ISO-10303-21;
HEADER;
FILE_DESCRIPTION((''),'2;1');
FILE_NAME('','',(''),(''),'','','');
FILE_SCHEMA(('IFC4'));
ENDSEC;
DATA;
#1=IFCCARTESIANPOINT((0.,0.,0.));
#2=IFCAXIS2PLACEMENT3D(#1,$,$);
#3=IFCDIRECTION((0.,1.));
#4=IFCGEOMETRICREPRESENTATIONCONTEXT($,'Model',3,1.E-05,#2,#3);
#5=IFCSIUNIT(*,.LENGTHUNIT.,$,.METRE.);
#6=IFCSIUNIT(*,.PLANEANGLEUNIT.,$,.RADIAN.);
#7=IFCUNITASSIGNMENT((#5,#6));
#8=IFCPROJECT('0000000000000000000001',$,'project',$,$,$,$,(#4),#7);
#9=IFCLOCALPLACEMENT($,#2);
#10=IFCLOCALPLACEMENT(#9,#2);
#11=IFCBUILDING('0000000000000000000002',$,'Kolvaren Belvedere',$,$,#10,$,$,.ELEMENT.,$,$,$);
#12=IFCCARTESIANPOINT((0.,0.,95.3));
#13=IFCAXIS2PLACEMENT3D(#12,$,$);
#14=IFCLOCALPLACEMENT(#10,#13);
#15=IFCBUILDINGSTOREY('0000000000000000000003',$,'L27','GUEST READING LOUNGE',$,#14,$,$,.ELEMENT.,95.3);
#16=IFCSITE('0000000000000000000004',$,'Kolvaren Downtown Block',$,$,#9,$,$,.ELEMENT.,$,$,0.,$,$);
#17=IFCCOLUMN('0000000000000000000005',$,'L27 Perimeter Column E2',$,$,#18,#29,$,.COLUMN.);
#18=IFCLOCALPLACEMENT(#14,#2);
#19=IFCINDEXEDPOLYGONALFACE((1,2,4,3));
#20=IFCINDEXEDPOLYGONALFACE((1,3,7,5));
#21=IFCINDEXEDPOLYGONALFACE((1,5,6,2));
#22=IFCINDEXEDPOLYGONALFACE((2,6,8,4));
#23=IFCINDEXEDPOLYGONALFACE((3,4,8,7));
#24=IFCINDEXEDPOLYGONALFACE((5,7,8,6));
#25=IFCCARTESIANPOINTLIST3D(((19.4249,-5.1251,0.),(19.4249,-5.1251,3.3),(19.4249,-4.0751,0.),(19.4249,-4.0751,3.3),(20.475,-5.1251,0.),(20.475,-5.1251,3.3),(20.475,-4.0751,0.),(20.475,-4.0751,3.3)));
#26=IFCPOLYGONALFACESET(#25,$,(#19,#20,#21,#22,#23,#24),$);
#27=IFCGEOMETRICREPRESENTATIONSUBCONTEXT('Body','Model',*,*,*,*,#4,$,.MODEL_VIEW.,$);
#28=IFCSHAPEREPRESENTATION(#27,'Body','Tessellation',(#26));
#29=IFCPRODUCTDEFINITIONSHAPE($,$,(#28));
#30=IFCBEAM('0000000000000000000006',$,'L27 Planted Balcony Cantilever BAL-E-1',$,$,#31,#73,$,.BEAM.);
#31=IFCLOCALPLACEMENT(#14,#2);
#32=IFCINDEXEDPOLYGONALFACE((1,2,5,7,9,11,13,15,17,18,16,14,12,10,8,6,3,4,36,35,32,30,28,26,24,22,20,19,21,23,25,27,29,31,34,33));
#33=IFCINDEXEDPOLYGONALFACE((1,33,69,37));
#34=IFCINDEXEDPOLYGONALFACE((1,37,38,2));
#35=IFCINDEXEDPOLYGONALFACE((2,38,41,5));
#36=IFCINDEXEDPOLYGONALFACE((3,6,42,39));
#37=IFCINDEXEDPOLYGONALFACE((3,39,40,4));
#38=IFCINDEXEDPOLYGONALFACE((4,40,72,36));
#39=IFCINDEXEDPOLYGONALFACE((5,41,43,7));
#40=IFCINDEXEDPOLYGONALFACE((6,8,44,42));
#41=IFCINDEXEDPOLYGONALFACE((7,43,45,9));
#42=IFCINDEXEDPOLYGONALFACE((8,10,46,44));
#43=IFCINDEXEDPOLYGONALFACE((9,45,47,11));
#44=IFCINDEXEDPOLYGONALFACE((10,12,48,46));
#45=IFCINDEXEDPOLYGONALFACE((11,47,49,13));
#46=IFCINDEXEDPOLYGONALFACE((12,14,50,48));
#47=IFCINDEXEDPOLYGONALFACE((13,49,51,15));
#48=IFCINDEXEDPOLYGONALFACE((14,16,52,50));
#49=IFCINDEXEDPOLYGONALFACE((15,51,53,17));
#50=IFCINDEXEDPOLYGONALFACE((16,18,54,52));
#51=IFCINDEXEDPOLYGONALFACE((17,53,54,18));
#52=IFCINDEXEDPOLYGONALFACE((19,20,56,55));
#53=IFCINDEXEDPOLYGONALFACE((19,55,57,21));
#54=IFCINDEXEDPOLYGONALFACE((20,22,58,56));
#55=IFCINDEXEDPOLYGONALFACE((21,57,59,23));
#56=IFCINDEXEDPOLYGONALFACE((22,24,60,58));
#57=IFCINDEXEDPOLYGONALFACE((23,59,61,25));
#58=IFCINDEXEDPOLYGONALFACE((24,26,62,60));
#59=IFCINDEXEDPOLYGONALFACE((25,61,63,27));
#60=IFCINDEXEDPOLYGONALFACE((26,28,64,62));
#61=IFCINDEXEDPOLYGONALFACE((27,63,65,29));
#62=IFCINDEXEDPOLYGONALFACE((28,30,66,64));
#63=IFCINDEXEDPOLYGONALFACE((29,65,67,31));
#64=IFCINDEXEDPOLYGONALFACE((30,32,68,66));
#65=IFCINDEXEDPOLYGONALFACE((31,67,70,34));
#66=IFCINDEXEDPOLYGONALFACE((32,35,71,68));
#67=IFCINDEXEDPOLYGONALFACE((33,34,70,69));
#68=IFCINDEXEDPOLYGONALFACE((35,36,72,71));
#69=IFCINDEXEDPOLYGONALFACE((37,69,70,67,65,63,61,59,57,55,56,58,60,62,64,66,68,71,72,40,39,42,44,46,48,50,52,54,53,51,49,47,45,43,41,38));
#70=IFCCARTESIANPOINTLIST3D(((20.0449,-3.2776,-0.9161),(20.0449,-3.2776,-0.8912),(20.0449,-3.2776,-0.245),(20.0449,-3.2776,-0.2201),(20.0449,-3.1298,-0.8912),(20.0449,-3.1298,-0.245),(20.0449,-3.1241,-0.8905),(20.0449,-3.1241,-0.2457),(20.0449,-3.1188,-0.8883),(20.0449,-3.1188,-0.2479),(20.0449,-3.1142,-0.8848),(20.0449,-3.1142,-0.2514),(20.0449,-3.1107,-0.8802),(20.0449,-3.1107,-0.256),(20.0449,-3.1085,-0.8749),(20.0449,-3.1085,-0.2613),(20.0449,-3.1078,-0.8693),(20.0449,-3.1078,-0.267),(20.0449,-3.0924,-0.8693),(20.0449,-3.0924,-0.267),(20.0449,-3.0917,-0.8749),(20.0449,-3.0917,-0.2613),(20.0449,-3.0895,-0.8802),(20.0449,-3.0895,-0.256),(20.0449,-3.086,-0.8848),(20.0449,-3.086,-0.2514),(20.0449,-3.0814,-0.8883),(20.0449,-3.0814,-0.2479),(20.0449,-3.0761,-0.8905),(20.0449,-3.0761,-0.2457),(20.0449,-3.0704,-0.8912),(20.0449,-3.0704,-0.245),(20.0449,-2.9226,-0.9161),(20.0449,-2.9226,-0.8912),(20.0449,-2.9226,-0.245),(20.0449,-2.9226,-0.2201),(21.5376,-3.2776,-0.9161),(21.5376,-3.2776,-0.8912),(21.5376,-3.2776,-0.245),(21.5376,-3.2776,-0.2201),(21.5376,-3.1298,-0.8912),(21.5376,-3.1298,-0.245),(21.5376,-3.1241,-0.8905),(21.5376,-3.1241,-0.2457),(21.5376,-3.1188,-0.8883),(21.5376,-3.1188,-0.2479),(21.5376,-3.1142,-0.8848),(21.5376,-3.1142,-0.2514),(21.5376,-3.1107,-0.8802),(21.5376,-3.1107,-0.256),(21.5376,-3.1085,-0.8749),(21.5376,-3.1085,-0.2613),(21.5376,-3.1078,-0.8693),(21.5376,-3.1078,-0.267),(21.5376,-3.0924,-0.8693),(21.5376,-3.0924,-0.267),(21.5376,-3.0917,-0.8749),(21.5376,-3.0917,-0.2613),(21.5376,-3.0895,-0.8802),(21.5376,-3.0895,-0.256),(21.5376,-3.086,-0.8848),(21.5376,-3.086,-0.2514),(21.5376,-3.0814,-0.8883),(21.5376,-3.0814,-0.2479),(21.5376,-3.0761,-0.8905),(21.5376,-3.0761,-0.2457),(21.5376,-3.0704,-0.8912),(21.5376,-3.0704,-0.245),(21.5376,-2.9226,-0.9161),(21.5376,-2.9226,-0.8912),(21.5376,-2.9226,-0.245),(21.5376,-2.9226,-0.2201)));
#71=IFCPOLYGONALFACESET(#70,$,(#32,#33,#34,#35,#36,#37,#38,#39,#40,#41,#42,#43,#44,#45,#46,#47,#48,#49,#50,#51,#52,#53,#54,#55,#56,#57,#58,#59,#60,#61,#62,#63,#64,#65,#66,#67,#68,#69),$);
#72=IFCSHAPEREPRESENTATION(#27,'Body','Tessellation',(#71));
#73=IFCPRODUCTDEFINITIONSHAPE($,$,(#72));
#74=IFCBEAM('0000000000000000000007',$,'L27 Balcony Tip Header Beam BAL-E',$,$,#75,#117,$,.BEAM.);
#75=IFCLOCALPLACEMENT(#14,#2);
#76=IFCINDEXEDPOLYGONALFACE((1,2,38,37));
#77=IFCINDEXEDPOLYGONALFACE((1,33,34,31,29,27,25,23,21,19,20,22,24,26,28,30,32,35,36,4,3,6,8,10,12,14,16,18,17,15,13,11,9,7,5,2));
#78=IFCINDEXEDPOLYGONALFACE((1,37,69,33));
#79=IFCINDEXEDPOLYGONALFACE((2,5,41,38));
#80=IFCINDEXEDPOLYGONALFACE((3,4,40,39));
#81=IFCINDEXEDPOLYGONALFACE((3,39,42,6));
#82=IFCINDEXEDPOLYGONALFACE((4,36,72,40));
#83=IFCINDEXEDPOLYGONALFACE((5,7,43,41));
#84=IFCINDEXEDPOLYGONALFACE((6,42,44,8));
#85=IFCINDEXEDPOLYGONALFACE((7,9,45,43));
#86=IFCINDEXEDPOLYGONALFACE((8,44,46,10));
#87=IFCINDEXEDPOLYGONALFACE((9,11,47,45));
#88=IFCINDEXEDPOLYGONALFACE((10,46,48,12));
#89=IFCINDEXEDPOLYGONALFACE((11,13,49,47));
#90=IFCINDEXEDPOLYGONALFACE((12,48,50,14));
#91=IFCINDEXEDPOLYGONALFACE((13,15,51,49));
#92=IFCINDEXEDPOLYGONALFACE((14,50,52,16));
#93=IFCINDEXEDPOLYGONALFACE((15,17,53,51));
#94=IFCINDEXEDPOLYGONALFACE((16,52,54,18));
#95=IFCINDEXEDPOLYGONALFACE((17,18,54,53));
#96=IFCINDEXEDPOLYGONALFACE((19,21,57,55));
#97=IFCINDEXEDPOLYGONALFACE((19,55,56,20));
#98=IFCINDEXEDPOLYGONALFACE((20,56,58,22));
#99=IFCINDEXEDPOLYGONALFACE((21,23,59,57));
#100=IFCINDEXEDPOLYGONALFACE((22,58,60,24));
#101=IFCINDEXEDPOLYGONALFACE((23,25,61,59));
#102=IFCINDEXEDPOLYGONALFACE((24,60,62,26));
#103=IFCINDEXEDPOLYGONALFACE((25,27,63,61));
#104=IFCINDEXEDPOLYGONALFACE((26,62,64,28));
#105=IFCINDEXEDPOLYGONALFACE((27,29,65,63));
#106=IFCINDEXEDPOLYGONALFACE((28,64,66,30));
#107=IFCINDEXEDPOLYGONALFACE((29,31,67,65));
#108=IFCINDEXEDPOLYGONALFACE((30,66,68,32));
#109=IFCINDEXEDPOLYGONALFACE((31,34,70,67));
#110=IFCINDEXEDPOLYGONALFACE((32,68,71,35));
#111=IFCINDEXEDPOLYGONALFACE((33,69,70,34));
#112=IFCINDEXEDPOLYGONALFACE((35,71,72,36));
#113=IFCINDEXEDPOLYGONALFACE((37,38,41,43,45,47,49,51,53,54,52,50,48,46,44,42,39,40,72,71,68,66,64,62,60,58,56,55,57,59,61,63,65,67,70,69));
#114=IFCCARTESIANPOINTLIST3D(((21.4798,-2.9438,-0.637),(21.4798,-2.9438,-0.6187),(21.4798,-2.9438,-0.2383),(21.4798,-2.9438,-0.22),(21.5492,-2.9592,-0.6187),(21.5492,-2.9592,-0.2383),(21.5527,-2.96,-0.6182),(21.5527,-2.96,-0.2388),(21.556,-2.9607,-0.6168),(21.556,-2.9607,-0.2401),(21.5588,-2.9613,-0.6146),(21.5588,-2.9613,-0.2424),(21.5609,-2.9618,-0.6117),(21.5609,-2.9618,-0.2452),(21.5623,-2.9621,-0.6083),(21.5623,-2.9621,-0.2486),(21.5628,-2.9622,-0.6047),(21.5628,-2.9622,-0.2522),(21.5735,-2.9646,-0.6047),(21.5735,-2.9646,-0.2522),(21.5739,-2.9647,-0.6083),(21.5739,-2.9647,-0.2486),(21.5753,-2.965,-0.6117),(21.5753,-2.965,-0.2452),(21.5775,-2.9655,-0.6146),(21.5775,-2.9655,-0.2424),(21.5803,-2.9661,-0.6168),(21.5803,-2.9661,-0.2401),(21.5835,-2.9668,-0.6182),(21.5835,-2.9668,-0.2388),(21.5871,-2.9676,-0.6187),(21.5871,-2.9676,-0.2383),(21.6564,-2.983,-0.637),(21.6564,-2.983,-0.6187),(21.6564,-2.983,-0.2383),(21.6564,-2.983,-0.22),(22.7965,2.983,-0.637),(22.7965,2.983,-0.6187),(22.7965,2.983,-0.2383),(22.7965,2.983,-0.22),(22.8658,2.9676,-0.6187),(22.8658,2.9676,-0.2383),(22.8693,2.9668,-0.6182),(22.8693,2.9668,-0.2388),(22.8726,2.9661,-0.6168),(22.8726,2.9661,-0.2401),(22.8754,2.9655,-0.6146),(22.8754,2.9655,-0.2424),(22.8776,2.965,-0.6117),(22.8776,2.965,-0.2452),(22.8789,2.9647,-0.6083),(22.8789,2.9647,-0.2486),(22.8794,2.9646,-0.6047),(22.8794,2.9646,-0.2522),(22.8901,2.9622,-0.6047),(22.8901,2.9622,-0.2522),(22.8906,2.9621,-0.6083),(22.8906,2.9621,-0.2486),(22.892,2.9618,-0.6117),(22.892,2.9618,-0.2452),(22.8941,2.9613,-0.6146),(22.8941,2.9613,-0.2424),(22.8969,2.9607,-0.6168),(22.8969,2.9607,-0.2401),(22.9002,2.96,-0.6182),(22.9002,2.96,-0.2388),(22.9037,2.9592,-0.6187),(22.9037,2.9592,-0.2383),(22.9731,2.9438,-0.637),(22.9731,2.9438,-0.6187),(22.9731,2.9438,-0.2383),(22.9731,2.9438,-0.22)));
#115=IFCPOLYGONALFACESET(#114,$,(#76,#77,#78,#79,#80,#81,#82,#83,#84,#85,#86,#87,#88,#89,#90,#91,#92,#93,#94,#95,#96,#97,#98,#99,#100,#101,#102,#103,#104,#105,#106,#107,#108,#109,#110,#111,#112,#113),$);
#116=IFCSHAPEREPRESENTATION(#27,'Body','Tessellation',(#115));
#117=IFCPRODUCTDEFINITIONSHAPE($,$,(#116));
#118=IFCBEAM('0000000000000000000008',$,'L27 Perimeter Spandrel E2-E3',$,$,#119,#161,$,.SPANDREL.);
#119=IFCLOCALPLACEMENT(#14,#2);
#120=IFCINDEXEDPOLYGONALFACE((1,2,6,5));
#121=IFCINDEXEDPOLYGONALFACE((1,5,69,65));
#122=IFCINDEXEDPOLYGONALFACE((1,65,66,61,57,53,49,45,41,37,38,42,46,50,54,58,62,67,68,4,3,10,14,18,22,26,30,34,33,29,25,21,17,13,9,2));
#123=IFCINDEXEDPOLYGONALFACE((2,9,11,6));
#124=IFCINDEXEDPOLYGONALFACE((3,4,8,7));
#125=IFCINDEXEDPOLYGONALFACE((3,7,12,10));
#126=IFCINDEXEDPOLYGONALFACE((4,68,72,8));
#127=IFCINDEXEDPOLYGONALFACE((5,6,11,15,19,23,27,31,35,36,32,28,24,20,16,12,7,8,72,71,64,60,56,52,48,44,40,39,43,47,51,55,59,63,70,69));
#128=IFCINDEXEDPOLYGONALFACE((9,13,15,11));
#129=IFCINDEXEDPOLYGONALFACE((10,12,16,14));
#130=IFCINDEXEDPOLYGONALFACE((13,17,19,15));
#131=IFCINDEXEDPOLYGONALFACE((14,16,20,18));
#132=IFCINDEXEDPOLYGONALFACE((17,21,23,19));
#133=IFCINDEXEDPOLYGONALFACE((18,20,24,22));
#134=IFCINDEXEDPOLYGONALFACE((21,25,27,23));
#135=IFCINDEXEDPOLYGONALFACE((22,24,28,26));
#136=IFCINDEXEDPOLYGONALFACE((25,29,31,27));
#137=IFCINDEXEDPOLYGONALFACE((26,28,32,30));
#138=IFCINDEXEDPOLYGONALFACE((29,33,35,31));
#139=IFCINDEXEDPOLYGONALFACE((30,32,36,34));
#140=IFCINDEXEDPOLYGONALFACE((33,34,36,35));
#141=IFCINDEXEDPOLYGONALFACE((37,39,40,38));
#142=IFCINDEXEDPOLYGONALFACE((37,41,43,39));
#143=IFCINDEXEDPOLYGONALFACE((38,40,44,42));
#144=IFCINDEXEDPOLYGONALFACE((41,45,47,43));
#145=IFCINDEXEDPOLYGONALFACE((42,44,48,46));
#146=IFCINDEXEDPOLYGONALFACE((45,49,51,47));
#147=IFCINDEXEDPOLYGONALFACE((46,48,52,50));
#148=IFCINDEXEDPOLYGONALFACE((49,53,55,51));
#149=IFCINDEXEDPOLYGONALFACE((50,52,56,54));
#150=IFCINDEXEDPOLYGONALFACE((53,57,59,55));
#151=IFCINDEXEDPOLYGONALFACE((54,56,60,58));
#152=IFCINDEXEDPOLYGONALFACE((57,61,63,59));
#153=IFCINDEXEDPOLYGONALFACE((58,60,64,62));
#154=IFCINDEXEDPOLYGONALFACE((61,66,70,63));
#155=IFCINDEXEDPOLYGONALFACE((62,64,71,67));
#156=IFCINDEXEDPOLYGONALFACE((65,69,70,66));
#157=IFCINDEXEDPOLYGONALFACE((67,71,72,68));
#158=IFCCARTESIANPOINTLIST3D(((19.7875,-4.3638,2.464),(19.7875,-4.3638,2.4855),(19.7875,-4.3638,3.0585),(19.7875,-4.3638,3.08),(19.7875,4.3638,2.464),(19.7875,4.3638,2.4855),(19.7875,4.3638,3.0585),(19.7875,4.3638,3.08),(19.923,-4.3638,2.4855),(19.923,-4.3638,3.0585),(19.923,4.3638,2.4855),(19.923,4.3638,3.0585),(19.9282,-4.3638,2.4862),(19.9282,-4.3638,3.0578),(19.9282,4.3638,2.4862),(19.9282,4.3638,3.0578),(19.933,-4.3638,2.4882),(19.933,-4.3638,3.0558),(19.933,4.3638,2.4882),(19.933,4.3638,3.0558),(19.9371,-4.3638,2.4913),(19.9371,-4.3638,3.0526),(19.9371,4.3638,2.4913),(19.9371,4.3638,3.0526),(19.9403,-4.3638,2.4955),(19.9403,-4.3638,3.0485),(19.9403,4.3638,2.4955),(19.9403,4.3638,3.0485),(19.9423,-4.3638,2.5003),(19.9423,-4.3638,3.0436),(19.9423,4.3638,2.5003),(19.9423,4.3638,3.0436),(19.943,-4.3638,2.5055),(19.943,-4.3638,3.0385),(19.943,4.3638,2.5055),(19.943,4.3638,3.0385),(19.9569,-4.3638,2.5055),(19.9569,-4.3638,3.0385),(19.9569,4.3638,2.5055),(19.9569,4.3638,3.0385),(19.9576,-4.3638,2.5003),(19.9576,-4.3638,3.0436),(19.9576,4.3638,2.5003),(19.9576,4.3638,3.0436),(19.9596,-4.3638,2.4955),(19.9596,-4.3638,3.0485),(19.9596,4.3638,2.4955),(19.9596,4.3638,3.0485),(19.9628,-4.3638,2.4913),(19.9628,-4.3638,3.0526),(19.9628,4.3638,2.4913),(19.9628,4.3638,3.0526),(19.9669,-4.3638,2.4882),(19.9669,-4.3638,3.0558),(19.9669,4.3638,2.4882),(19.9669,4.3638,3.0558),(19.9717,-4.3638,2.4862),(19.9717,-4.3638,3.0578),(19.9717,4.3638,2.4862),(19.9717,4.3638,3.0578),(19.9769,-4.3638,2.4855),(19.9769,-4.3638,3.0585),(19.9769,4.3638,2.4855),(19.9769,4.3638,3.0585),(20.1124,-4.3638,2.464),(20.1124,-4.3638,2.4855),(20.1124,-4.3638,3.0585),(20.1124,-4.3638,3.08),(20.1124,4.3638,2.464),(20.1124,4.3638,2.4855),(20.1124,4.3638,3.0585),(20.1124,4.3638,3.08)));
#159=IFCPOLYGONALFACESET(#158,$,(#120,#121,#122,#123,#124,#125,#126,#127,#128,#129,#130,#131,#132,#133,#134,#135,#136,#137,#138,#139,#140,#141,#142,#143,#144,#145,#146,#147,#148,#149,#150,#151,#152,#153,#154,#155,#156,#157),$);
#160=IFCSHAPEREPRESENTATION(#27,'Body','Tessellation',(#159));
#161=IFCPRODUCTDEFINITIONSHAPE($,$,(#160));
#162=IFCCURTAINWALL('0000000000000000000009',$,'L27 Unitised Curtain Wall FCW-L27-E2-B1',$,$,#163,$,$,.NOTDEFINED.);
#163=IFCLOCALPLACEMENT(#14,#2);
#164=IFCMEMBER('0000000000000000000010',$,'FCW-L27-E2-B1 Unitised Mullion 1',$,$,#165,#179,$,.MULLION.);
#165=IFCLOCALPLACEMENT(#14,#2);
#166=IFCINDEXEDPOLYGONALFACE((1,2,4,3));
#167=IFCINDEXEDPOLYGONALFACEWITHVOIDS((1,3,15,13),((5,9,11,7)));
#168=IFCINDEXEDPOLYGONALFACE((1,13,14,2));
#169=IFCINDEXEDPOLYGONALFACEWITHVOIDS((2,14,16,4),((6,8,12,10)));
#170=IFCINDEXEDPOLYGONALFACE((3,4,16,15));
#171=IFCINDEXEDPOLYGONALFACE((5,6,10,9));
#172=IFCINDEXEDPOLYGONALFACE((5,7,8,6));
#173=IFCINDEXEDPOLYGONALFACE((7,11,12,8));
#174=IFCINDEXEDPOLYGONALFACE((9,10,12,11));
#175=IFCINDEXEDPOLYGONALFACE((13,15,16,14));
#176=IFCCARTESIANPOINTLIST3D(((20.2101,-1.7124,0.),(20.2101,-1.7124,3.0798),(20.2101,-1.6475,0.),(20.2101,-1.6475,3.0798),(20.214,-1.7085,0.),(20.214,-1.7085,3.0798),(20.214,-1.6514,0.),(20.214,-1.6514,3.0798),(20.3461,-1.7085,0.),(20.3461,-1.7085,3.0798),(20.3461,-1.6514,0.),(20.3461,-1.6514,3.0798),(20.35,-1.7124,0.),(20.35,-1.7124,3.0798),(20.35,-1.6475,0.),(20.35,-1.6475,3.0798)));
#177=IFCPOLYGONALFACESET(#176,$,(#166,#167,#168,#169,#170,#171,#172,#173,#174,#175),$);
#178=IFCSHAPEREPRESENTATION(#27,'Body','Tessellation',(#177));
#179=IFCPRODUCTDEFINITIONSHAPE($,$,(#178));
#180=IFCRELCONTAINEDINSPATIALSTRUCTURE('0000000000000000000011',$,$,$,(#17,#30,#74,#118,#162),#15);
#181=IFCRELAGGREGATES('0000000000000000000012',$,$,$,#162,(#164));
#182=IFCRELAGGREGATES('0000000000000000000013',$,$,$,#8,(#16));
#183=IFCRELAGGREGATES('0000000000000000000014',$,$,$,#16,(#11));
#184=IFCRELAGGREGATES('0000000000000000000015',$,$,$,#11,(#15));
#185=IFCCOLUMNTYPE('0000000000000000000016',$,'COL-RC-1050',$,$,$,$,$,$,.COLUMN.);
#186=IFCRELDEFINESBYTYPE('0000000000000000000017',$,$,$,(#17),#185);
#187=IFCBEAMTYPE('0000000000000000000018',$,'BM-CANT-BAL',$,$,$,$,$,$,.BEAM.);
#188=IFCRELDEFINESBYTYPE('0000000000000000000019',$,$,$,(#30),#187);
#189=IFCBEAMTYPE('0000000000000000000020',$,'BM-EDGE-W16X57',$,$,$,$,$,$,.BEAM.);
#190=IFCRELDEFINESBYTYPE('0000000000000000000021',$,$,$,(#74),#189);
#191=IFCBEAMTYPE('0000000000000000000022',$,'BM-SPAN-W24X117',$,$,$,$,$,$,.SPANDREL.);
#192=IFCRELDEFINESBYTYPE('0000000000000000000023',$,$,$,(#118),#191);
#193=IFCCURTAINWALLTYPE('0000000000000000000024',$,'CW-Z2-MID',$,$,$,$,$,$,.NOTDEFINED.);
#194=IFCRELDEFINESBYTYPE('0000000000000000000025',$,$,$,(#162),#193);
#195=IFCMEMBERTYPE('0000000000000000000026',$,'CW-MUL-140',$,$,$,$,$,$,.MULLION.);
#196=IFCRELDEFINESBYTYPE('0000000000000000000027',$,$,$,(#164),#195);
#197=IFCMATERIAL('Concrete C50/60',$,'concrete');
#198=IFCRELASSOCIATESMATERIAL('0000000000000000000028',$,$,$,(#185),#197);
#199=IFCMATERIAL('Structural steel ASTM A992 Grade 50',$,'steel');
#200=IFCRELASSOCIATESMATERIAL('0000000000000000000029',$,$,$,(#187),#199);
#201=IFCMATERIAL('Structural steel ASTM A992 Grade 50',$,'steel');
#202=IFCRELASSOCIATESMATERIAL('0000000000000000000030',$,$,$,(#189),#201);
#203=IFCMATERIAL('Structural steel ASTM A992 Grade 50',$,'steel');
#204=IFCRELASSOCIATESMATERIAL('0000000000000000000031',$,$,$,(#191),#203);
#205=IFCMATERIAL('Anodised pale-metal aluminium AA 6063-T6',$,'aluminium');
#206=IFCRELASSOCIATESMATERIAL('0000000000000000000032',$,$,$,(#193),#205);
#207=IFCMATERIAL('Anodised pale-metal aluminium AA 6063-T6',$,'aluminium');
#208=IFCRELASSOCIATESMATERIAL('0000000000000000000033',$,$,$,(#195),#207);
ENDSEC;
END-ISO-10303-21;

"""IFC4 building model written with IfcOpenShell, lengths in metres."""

from ifc_helpers import new_model, si_unit, direction, frame, origin, origin_2d, place, context, subcontext, project, spatial, rectangle, hollow_rectangle, i_section, extrude, material, material_profile, profile_set, type_object, element, aggregate, save


model = new_model("IFC4")

# Units and contexts
model_context = context("Model", 3, precision=1e-05, world=origin(), true_north=direction((0.0, 1.0)))
body_context = subcontext(model_context, "Body", "Model", "MODEL_VIEW")
ifc_project = project(units=[si_unit("LENGTHUNIT", "METRE"), si_unit("PLANEANGLEUNIT", "RADIAN")], contexts=[model_context])

# Site, building, storey
site_placement = place(None, origin())
site = spatial("IfcSite", under=ifc_project, at=site_placement, Name="Kolvaren Downtown Block", CompositionType="ELEMENT", RefElevation=0.0)
building_placement = place(site_placement, origin())
building = spatial("IfcBuilding", under=site, at=building_placement, Name="Kolvaren Belvedere", CompositionType="ELEMENT")
storey_placement = place(building_placement, frame((0.0, 0.0, 95.3)))
storey = spatial("IfcBuildingStorey", under=building, at=storey_placement, Name="L27", Description="GUEST READING LOUNGE", CompositionType="ELEMENT", Elevation=95.3)

# Column
ifc_material_1 = material(Name="Concrete C50/60", Category="concrete")
ifc_material_profile_1 = material_profile(ifc_material_1, rectangle(XDim=1.05, YDim=1.05, at=origin_2d()), Name="RC 1050X1050")
ifc_profile_set_1 = profile_set([ifc_material_profile_1], Name="Concrete C50/60")
column_type = type_object("IfcColumnType", Name="COL-RC-1050", PredefinedType="COLUMN", material=ifc_profile_set_1)
column_placement = place(storey_placement, frame((19.95, -4.6001, 0.0), z_axis=(0.0, 0.0, 1.0), x_axis=(1.0, 0.0, 0.0)))
element("IfcColumn", 1, at=column_placement, inside=storey, type_object=column_type, Name="L27 Perimeter Column E2", PredefinedType="COLUMN", context=body_context, shape_type="SweptSolid", body=[
    extrude(rectangle(XDim=1.05, YDim=1.05, at=origin_2d()), origin(), (0.0, 0.0, 1.0), 3.3),
])

# Beams
ifc_material_2 = material(Name="Structural steel ASTM A992 Grade 50", Category="steel")
ifc_material_profile_2 = material_profile(ifc_material_2, i_section(OverallWidth=0.355, OverallDepth=0.696, WebThickness=0.0154, FlangeThickness=0.0249, FilletRadius=0.022, at=origin_2d()), Name="W27X146")
ifc_profile_set_2 = profile_set([ifc_material_profile_2], Name="Structural steel ASTM A992 Grade 50")
beam_type_1 = type_object("IfcBeamType", Name="BM-CANT-BAL", PredefinedType="BEAM", material=ifc_profile_set_2)
beam_1_placement = place(storey_placement, frame((20.0449, -3.1001, -0.5681), z_axis=(1.0, 0.0, 0.0), x_axis=(0.0, 1.0, 0.0)))
element("IfcBeam", 2, at=beam_1_placement, inside=storey, type_object=beam_type_1, Name="L27 Planted Balcony Cantilever BAL-E-1", PredefinedType="BEAM", context=body_context, shape_type="SweptSolid", body=[
    extrude(i_section(OverallWidth=0.355, OverallDepth=0.696, WebThickness=0.0154, FlangeThickness=0.0249, FilletRadius=0.022, at=origin_2d()), origin(), (0.0, 0.0, 1.0), 1.4927),
])
ifc_material_3 = material(Name="Structural steel ASTM A992 Grade 50", Category="steel")
ifc_material_profile_3 = material_profile(ifc_material_3, i_section(OverallWidth=0.1809, OverallDepth=0.417, WebThickness=0.011, FlangeThickness=0.0183, FilletRadius=0.0139, at=origin_2d()), Name="W16X57")
ifc_profile_set_3 = profile_set([ifc_material_profile_3], Name="Structural steel ASTM A992 Grade 50")
beam_type_2 = type_object("IfcBeamType", Name="BM-EDGE-W16X57", PredefinedType="BEAM", material=ifc_profile_set_3)
beam_2_placement = place(storey_placement, frame((21.5681, -2.9634, -0.4285), z_axis=(0.216867, 0.976201, 0.0), x_axis=(-0.976201, 0.216867, 0.0)))
element("IfcBeam", 3, at=beam_2_placement, inside=storey, type_object=beam_type_2, Name="L27 Balcony Tip Header Beam BAL-E", PredefinedType="BEAM", context=body_context, shape_type="SweptSolid", body=[
    extrude(i_section(OverallWidth=0.1809, OverallDepth=0.417, WebThickness=0.011, FlangeThickness=0.0183, FilletRadius=0.0139, at=origin_2d()), origin(), (0.0, 0.0, 1.0), 6.0713),
])
ifc_material_4 = material(Name="Structural steel ASTM A992 Grade 50", Category="steel")
ifc_material_profile_4 = material_profile(ifc_material_4, i_section(OverallWidth=0.325, OverallDepth=0.616, WebThickness=0.0139, FlangeThickness=0.0215, FilletRadius=0.02, at=origin_2d()), Name="W24X117")
ifc_profile_set_4 = profile_set([ifc_material_profile_4], Name="Structural steel ASTM A992 Grade 50")
beam_type_3 = type_object("IfcBeamType", Name="BM-SPAN-W24X117", PredefinedType="SPANDREL", material=ifc_profile_set_4)
beam_3_placement = place(storey_placement, frame((19.95, -4.3638, 2.772), z_axis=(0.0, 1.0, 0.0), x_axis=(-1.0, 0.0, 0.0)))
element("IfcBeam", 4, at=beam_3_placement, inside=storey, type_object=beam_type_3, Name="L27 Perimeter Spandrel E2-E3", PredefinedType="SPANDREL", context=body_context, shape_type="SweptSolid", body=[
    extrude(i_section(OverallWidth=0.325, OverallDepth=0.616, WebThickness=0.0139, FlangeThickness=0.0215, FilletRadius=0.02, at=origin_2d()), origin(), (0.0, 0.0, 1.0), 8.7275),
])

# Curtain wall, member
ifc_material_5 = material(Name="Anodised pale-metal aluminium AA 6063-T6", Category="aluminium")
curtain_wall_type = type_object("IfcCurtainWallType", Name="CW-Z2-MID", PredefinedType="NOTDEFINED", material=ifc_material_5)
curtain_wall_1_placement = place(storey_placement, origin())
curtain_wall_1 = element("IfcCurtainWall", 5, at=curtain_wall_1_placement, inside=storey, type_object=curtain_wall_type, Name="L27 Unitised Curtain Wall FCW-L27-E2-B1", PredefinedType="NOTDEFINED")
ifc_material_6 = material(Name="Anodised pale-metal aluminium AA 6063-T6", Category="aluminium")
ifc_material_profile_5 = material_profile(ifc_material_6, hollow_rectangle(XDim=0.0649, YDim=0.1399, WallThickness=0.0039, at=origin_2d()), Name="ALU-MUL-140X65")
ifc_profile_set_5 = profile_set([ifc_material_profile_5], Name="Anodised pale-metal aluminium AA 6063-T6")
member_type_1 = type_object("IfcMemberType", Name="CW-MUL-140", PredefinedType="MULLION", material=ifc_profile_set_5)
member_1_placement = place(storey_placement, frame((20.28, -1.6799, 0.0), z_axis=(0.0, 0.0, 1.0), x_axis=(0.0, 1.0, 0.0)))
member_1 = element("IfcMember", 6, at=member_1_placement, type_object=member_type_1, Name="FCW-L27-E2-B1 Unitised Mullion 1", PredefinedType="MULLION", context=body_context, shape_type="SweptSolid", body=[
    extrude(hollow_rectangle(XDim=0.0649, YDim=0.1399, WallThickness=0.0039, at=origin_2d()), origin(), (0.0, 0.0, 1.0), 3.0798),
])

aggregate(curtain_wall_1, [member_1])

save(model, "model.ifc")
